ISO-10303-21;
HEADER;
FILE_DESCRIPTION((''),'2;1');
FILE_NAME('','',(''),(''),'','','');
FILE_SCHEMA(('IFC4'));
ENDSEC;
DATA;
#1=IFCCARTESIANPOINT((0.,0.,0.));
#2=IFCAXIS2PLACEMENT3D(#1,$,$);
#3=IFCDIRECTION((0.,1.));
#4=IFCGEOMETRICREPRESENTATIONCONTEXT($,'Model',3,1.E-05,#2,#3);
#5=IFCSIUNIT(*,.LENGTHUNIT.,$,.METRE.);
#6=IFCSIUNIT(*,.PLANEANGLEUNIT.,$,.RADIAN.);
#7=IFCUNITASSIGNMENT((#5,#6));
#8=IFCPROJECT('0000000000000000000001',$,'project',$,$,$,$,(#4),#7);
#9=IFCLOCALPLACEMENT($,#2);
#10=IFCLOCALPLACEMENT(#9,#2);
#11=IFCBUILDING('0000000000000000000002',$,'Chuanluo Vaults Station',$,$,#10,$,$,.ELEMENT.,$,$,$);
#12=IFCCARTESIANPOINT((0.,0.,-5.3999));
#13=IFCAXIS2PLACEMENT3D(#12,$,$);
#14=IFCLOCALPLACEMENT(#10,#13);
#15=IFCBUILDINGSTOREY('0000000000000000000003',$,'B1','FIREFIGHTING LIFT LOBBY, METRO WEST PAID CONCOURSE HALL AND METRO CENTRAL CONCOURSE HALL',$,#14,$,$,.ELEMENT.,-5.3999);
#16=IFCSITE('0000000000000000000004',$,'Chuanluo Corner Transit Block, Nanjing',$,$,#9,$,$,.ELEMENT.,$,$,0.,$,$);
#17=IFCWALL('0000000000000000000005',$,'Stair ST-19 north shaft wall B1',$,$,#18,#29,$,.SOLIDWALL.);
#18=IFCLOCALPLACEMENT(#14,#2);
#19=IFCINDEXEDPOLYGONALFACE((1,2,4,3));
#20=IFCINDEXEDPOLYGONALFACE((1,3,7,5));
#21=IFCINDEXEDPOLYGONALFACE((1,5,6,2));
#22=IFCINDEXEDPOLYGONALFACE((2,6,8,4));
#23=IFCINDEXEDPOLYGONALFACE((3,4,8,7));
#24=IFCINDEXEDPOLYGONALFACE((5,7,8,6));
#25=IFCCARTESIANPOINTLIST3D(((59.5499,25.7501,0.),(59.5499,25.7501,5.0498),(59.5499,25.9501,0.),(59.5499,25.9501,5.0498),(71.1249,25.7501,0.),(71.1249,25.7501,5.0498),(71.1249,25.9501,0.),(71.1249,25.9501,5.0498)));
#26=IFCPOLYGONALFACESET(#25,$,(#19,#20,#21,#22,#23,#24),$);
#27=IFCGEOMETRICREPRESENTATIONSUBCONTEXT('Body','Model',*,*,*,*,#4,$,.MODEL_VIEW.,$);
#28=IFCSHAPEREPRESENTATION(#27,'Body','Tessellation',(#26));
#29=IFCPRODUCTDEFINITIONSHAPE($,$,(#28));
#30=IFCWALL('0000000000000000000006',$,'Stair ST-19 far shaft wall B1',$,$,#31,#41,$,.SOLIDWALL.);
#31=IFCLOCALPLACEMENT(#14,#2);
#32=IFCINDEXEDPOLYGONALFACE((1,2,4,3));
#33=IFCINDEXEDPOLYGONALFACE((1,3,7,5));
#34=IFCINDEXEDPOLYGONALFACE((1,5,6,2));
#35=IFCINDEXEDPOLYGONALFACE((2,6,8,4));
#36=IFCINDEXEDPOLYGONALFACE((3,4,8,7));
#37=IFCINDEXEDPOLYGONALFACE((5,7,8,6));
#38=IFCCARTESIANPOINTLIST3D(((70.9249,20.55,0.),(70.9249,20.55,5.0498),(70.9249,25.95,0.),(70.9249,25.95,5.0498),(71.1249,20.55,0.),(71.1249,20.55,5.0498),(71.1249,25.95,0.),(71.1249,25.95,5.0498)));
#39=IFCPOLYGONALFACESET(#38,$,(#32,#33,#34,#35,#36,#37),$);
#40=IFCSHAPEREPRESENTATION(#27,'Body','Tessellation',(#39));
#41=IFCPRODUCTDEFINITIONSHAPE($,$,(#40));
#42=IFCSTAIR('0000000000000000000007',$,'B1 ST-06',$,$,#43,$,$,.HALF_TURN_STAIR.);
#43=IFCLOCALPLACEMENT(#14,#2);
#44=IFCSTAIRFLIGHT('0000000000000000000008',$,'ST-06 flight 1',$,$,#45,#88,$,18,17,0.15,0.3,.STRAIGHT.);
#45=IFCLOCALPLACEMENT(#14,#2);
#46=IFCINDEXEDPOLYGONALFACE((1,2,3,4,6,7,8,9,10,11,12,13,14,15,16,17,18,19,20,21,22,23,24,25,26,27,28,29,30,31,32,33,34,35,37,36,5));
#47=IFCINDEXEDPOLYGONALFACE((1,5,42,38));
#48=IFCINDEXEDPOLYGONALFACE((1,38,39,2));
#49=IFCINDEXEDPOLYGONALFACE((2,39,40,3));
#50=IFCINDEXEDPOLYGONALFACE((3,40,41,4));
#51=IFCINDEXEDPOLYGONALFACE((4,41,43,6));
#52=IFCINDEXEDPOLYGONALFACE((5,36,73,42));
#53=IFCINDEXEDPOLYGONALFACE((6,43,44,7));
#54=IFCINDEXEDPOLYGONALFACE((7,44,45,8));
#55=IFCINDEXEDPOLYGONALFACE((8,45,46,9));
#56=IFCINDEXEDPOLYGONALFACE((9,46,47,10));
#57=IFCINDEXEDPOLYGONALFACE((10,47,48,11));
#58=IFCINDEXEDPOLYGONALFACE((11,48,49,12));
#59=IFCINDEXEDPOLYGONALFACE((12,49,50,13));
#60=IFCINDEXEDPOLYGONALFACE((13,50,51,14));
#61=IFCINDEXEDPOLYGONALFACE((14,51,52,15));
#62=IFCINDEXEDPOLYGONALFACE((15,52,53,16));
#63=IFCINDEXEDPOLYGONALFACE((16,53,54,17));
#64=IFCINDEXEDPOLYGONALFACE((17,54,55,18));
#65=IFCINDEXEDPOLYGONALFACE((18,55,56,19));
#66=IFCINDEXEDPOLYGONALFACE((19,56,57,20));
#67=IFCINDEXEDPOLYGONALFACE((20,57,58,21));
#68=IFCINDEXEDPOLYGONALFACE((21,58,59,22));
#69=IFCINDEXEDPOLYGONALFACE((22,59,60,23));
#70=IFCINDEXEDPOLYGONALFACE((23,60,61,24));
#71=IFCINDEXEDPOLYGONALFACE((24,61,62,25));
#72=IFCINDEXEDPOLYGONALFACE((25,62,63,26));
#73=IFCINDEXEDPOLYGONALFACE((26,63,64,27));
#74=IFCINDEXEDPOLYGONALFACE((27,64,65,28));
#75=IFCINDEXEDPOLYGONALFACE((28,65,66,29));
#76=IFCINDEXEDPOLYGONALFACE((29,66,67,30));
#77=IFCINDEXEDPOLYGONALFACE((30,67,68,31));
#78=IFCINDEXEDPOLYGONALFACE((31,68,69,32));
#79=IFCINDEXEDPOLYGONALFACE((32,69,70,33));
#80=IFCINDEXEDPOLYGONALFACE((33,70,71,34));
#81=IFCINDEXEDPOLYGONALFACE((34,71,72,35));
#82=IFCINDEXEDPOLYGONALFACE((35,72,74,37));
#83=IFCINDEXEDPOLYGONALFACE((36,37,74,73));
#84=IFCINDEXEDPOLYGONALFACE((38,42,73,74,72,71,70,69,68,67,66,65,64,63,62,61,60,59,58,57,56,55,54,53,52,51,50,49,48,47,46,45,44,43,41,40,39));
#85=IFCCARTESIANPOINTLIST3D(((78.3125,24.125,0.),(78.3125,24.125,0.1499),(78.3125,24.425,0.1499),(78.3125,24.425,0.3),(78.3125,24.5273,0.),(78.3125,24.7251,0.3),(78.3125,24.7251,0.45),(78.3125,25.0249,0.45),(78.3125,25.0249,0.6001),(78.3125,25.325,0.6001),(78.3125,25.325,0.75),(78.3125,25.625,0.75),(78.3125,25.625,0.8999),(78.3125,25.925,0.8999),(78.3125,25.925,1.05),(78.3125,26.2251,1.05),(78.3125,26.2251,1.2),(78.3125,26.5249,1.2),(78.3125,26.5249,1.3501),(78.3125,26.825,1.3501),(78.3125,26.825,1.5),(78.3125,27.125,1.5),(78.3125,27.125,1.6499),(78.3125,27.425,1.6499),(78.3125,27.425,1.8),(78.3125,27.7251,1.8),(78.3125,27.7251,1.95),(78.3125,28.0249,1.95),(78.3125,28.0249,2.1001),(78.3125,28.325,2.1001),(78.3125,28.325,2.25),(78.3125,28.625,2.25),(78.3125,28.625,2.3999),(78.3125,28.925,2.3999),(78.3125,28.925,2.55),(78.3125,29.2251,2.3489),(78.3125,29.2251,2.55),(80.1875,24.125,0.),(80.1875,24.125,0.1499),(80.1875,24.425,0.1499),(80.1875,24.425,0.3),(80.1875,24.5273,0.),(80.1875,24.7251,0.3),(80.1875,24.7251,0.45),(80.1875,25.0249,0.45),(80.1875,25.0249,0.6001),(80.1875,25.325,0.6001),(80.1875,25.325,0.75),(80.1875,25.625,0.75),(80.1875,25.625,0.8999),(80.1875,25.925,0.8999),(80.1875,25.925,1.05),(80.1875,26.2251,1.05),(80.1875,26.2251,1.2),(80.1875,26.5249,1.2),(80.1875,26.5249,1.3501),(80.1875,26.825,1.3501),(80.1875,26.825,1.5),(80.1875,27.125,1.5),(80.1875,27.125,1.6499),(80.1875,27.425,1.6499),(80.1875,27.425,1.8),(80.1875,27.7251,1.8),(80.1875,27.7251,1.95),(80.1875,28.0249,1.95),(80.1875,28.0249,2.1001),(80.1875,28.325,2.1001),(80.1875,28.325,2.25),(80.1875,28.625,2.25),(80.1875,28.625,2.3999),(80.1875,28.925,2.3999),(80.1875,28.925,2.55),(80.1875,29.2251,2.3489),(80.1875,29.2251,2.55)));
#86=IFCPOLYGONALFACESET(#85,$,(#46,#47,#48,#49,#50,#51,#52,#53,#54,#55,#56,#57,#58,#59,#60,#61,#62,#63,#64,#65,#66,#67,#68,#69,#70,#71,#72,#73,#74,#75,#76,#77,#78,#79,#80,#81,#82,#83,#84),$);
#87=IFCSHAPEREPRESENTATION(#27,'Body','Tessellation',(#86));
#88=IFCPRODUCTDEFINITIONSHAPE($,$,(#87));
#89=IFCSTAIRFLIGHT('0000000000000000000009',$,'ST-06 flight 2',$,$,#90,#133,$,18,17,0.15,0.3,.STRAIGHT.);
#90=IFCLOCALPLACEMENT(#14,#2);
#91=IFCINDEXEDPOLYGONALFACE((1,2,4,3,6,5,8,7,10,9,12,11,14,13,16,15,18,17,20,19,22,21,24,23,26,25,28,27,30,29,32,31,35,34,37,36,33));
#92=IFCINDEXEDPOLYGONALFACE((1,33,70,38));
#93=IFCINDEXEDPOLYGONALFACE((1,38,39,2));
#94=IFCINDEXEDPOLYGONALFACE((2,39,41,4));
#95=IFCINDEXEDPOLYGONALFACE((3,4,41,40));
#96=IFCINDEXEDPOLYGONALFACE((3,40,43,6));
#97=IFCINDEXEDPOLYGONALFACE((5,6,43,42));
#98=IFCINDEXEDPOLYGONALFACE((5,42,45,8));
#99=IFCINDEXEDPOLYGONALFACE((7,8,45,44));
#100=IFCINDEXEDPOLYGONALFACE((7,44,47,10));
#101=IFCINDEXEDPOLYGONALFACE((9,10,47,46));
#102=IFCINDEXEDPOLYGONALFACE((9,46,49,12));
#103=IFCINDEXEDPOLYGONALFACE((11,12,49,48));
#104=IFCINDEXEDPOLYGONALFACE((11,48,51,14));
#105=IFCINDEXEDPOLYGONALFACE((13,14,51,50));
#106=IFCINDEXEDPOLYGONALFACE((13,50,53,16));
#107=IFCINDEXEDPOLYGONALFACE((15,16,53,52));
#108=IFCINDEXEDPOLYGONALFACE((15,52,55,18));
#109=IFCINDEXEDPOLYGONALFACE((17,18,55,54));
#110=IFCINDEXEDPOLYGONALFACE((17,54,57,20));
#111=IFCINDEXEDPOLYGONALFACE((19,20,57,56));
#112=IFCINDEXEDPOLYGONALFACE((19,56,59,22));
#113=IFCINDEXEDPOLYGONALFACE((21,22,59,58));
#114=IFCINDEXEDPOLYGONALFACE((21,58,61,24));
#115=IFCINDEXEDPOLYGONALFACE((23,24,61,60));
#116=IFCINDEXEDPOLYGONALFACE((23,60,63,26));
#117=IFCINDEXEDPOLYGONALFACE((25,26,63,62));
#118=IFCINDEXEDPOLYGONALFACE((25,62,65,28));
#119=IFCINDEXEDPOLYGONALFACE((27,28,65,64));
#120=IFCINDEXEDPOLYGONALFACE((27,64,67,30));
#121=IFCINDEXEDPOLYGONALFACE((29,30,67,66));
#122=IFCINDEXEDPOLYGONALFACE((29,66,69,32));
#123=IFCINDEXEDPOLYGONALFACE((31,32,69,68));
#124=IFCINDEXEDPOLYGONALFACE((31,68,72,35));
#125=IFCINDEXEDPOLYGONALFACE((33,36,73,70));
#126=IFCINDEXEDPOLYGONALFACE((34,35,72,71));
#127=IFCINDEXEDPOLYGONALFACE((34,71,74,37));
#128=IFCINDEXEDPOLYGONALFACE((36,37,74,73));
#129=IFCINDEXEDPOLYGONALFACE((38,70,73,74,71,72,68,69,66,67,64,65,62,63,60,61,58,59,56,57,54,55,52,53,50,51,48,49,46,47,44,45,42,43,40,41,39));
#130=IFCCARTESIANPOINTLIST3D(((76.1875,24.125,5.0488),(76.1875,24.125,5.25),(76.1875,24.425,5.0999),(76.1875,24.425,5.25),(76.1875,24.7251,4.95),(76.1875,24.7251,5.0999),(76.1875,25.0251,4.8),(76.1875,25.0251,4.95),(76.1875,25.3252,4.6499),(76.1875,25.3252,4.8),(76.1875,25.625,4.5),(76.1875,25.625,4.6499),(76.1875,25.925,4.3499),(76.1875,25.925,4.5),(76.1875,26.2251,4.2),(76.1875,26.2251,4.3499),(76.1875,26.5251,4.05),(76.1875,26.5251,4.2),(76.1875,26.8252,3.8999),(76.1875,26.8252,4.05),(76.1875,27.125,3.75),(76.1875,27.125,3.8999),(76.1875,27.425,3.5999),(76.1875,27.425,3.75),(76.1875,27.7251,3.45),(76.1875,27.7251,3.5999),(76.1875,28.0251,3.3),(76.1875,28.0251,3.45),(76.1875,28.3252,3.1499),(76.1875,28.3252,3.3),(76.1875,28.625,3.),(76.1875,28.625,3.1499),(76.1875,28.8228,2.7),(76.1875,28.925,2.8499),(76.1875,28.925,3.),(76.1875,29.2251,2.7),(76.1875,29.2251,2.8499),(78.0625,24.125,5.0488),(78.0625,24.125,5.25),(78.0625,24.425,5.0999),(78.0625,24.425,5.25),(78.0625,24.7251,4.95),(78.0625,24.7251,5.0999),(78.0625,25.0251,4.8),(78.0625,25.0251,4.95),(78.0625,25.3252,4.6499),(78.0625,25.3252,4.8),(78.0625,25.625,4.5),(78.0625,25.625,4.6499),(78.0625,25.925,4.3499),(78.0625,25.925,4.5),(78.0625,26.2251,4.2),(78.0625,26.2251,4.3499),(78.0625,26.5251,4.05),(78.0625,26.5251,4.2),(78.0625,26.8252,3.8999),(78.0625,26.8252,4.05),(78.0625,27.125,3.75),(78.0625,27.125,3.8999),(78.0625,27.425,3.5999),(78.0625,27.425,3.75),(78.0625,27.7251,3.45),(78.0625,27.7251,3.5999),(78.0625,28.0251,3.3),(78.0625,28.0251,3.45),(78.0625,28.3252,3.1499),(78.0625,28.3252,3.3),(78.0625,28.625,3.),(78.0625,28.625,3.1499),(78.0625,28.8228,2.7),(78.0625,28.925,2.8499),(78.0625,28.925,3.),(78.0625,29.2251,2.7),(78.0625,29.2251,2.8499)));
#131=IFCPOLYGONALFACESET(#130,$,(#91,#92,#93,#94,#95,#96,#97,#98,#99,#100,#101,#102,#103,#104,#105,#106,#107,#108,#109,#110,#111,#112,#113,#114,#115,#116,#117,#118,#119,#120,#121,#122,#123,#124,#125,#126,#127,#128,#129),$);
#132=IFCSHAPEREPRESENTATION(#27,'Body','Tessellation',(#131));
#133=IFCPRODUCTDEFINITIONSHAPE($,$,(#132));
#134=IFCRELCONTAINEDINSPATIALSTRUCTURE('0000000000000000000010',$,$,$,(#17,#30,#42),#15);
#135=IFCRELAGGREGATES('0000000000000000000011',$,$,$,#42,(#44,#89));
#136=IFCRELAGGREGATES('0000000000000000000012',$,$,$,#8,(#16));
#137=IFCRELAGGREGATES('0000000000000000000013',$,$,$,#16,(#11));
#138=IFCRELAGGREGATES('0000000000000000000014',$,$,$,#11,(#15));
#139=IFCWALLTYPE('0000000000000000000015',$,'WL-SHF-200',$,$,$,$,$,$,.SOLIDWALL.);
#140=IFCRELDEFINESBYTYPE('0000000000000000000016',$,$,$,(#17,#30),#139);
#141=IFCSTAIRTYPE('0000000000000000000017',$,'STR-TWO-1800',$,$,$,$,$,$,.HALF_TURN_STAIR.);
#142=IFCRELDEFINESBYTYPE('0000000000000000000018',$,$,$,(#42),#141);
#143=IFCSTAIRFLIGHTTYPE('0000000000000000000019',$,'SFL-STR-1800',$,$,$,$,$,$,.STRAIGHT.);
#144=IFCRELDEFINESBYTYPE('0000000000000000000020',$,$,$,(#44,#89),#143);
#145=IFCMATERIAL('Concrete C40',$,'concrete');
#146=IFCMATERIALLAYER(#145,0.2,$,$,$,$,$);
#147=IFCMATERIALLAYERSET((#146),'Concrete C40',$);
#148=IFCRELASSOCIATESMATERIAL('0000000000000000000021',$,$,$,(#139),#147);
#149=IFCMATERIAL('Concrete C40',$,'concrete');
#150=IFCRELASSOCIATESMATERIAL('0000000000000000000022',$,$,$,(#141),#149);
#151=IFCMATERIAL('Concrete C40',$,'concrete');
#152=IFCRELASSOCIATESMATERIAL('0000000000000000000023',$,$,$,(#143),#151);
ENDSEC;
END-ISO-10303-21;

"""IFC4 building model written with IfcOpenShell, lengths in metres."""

from ifc_helpers import new_model, si_unit, direction, frame, frame_2d, origin, place, context, subcontext, project, spatial, polyline, rectangle, outline, extrude, material, layer, layer_set, type_object, element, aggregate, save


model = new_model("IFC4")

# Units and contexts
model_context = context("Model", 3, precision=1e-05, world=origin(), true_north=direction((0.0, 1.0)))
body_context = subcontext(model_context, "Body", "Model", "MODEL_VIEW")
ifc_project = project(units=[si_unit("LENGTHUNIT", "METRE"), si_unit("PLANEANGLEUNIT", "RADIAN")], contexts=[model_context])

# Site, building, storey
site_placement = place(None, origin())
site = spatial("IfcSite", under=ifc_project, at=site_placement, Name="Chuanluo Corner Transit Block, Nanjing", CompositionType="ELEMENT", RefElevation=0.0)
building_placement = place(site_placement, origin())
building = spatial("IfcBuilding", under=site, at=building_placement, Name="Chuanluo Vaults Station", CompositionType="ELEMENT")
storey_placement = place(building_placement, frame((0.0, 0.0, -5.3999)))
storey = spatial("IfcBuildingStorey", under=building, at=storey_placement, Name="B1", Description="FIREFIGHTING LIFT LOBBY, METRO WEST PAID CONCOURSE HALL AND METRO CENTRAL CONCOURSE HALL", CompositionType="ELEMENT", Elevation=-5.3999)

# Walls
ifc_material_1 = material(Name="Concrete C40", Category="concrete")
ifc_layer_1 = layer(ifc_material_1, 0.2)
ifc_layer_set_1 = layer_set([ifc_layer_1], Name="Concrete C40")
wall_type_1 = type_object("IfcWallType", Name="WL-SHF-200", PredefinedType="SOLIDWALL", material=ifc_layer_set_1)
wall_1_placement = place(storey_placement, frame((71.125, 25.8501, 0.0), z_axis=(0.0, 0.0, 1.0), x_axis=(-1.0, 0.0, 0.0)))
element("IfcWall", 1, at=wall_1_placement, inside=storey, type_object=wall_type_1, Name="Stair ST-19 north shaft wall B1", PredefinedType="SOLIDWALL", context=body_context, shape_type="SweptSolid", body=[
    extrude(rectangle(XDim=11.575, YDim=0.2, at=frame_2d((5.7876, 0.0))), origin(), (0.0, 0.0, 1.0), 5.0498),
])
wall_2_placement = place(storey_placement, frame((71.0249, 20.55, 0.0), z_axis=(0.0, 0.0, 1.0), x_axis=(0.0, 1.0, 0.0)))
element("IfcWall", 2, at=wall_2_placement, inside=storey, type_object=wall_type_1, Name="Stair ST-19 far shaft wall B1", PredefinedType="SOLIDWALL", context=body_context, shape_type="SweptSolid", body=[
    extrude(rectangle(XDim=5.3999, YDim=0.2, at=frame_2d((2.7, 0.0))), origin(), (0.0, 0.0, 1.0), 5.0498),
])

# Stair, stair flights
ifc_material_2 = material(Name="Concrete C40", Category="concrete")
stair_type = type_object("IfcStairType", Name="STR-TWO-1800", PredefinedType="HALF_TURN_STAIR", material=ifc_material_2)
stair_placement = place(storey_placement, origin())
stair = element("IfcStair", 3, at=stair_placement, inside=storey, type_object=stair_type, Name="B1 ST-06", PredefinedType="HALF_TURN_STAIR")
ifc_material_3 = material(Name="Concrete C40", Category="concrete")
stair_flight_type = type_object("IfcStairFlightType", Name="SFL-STR-1800", PredefinedType="STRAIGHT", material=ifc_material_3)
stair_flight_1_placement = place(storey_placement, frame((79.25, 24.125, 0.0), z_axis=(0.0, 0.0, 1.0), x_axis=(0.0, 1.0, 0.0)))
stair_flight_1 = element("IfcStairFlight", 4, at=stair_flight_1_placement, type_object=stair_flight_type, Name="ST-06 flight 1", NumberOfRisers=18, NumberOfTreads=17, PredefinedType="STRAIGHT", RiserHeight=0.15, TreadLength=0.3, context=body_context, shape_type="SweptSolid", body=[
    extrude(outline(polyline([(0.0, 0.0), (0.0, 0.1499), (0.3, 0.1499), (0.3, 0.3), (0.6001, 0.3), (0.6001, 0.45), (0.8999, 0.45), (0.8999, 0.6001), (1.2, 0.6001), (1.2, 0.75), (1.5, 0.75), (1.5, 0.8999), (1.8, 0.8999), (1.8, 1.05), (2.1001, 1.05), (2.1001, 1.2), (2.3999, 1.2), (2.3999, 1.3501), (2.7, 1.3501), (2.7, 1.5), (3.0, 1.5), (3.0, 1.6499), (3.3, 1.6499), (3.3, 1.8), (3.6001, 1.8), (3.6001, 1.95), (3.8999, 1.95), (3.8999, 2.1001), (4.2, 2.1001), (4.2, 2.25), (4.5, 2.25), (4.5, 2.3999), (4.8, 2.3999), (4.8, 2.55), (5.1001, 2.55), (5.1001, 2.7), (5.1001, 2.3489), (0.4023, 0.0), (0.0, 0.0)])), frame((0.0, 0.9375, 0.0), z_axis=(0.0, -1.0, 0.0), x_axis=(1.0, 0.0, 0.0)), (0.0, 0.0, 1.0), 1.875),
])
stair_flight_2_placement = place(storey_placement, frame((77.125, 29.2251, 2.7), z_axis=(0.0, 0.0, 1.0), x_axis=(0.0, -1.0, 0.0)))
stair_flight_2 = element("IfcStairFlight", 5, at=stair_flight_2_placement, type_object=stair_flight_type, Name="ST-06 flight 2", NumberOfRisers=18, NumberOfTreads=17, PredefinedType="STRAIGHT", RiserHeight=0.15, TreadLength=0.3, context=body_context, shape_type="SweptSolid", body=[
    extrude(outline(polyline([(0.0, 0.0), (0.0, 0.1499), (0.3, 0.1499), (0.3, 0.3), (0.6001, 0.3), (0.6001, 0.45), (0.8999, 0.45), (0.8999, 0.6001), (1.2, 0.6001), (1.2, 0.75), (1.5, 0.75), (1.5, 0.8999), (1.8, 0.8999), (1.8, 1.05), (2.1001, 1.05), (2.1001, 1.2), (2.3999, 1.2), (2.3999, 1.3501), (2.7, 1.3501), (2.7, 1.5), (3.0, 1.5), (3.0, 1.6499), (3.3, 1.6499), (3.3, 1.8), (3.6001, 1.8), (3.6001, 1.95), (3.8999, 1.95), (3.8999, 2.1001), (4.2, 2.1001), (4.2, 2.25), (4.5, 2.25), (4.5, 2.3999), (4.8, 2.3999), (4.8, 2.55), (5.1001, 2.55), (5.1001, 2.7), (5.1001, 2.3489), (0.4023, 0.0), (0.0, 0.0)])), frame((0.0, 0.9375, 0.0), z_axis=(0.0, -1.0, 0.0), x_axis=(1.0, 0.0, 0.0)), (0.0, 0.0, 1.0), 1.875),
])
aggregate(stair, [stair_flight_1, stair_flight_2])

save(model, "model.ifc")
